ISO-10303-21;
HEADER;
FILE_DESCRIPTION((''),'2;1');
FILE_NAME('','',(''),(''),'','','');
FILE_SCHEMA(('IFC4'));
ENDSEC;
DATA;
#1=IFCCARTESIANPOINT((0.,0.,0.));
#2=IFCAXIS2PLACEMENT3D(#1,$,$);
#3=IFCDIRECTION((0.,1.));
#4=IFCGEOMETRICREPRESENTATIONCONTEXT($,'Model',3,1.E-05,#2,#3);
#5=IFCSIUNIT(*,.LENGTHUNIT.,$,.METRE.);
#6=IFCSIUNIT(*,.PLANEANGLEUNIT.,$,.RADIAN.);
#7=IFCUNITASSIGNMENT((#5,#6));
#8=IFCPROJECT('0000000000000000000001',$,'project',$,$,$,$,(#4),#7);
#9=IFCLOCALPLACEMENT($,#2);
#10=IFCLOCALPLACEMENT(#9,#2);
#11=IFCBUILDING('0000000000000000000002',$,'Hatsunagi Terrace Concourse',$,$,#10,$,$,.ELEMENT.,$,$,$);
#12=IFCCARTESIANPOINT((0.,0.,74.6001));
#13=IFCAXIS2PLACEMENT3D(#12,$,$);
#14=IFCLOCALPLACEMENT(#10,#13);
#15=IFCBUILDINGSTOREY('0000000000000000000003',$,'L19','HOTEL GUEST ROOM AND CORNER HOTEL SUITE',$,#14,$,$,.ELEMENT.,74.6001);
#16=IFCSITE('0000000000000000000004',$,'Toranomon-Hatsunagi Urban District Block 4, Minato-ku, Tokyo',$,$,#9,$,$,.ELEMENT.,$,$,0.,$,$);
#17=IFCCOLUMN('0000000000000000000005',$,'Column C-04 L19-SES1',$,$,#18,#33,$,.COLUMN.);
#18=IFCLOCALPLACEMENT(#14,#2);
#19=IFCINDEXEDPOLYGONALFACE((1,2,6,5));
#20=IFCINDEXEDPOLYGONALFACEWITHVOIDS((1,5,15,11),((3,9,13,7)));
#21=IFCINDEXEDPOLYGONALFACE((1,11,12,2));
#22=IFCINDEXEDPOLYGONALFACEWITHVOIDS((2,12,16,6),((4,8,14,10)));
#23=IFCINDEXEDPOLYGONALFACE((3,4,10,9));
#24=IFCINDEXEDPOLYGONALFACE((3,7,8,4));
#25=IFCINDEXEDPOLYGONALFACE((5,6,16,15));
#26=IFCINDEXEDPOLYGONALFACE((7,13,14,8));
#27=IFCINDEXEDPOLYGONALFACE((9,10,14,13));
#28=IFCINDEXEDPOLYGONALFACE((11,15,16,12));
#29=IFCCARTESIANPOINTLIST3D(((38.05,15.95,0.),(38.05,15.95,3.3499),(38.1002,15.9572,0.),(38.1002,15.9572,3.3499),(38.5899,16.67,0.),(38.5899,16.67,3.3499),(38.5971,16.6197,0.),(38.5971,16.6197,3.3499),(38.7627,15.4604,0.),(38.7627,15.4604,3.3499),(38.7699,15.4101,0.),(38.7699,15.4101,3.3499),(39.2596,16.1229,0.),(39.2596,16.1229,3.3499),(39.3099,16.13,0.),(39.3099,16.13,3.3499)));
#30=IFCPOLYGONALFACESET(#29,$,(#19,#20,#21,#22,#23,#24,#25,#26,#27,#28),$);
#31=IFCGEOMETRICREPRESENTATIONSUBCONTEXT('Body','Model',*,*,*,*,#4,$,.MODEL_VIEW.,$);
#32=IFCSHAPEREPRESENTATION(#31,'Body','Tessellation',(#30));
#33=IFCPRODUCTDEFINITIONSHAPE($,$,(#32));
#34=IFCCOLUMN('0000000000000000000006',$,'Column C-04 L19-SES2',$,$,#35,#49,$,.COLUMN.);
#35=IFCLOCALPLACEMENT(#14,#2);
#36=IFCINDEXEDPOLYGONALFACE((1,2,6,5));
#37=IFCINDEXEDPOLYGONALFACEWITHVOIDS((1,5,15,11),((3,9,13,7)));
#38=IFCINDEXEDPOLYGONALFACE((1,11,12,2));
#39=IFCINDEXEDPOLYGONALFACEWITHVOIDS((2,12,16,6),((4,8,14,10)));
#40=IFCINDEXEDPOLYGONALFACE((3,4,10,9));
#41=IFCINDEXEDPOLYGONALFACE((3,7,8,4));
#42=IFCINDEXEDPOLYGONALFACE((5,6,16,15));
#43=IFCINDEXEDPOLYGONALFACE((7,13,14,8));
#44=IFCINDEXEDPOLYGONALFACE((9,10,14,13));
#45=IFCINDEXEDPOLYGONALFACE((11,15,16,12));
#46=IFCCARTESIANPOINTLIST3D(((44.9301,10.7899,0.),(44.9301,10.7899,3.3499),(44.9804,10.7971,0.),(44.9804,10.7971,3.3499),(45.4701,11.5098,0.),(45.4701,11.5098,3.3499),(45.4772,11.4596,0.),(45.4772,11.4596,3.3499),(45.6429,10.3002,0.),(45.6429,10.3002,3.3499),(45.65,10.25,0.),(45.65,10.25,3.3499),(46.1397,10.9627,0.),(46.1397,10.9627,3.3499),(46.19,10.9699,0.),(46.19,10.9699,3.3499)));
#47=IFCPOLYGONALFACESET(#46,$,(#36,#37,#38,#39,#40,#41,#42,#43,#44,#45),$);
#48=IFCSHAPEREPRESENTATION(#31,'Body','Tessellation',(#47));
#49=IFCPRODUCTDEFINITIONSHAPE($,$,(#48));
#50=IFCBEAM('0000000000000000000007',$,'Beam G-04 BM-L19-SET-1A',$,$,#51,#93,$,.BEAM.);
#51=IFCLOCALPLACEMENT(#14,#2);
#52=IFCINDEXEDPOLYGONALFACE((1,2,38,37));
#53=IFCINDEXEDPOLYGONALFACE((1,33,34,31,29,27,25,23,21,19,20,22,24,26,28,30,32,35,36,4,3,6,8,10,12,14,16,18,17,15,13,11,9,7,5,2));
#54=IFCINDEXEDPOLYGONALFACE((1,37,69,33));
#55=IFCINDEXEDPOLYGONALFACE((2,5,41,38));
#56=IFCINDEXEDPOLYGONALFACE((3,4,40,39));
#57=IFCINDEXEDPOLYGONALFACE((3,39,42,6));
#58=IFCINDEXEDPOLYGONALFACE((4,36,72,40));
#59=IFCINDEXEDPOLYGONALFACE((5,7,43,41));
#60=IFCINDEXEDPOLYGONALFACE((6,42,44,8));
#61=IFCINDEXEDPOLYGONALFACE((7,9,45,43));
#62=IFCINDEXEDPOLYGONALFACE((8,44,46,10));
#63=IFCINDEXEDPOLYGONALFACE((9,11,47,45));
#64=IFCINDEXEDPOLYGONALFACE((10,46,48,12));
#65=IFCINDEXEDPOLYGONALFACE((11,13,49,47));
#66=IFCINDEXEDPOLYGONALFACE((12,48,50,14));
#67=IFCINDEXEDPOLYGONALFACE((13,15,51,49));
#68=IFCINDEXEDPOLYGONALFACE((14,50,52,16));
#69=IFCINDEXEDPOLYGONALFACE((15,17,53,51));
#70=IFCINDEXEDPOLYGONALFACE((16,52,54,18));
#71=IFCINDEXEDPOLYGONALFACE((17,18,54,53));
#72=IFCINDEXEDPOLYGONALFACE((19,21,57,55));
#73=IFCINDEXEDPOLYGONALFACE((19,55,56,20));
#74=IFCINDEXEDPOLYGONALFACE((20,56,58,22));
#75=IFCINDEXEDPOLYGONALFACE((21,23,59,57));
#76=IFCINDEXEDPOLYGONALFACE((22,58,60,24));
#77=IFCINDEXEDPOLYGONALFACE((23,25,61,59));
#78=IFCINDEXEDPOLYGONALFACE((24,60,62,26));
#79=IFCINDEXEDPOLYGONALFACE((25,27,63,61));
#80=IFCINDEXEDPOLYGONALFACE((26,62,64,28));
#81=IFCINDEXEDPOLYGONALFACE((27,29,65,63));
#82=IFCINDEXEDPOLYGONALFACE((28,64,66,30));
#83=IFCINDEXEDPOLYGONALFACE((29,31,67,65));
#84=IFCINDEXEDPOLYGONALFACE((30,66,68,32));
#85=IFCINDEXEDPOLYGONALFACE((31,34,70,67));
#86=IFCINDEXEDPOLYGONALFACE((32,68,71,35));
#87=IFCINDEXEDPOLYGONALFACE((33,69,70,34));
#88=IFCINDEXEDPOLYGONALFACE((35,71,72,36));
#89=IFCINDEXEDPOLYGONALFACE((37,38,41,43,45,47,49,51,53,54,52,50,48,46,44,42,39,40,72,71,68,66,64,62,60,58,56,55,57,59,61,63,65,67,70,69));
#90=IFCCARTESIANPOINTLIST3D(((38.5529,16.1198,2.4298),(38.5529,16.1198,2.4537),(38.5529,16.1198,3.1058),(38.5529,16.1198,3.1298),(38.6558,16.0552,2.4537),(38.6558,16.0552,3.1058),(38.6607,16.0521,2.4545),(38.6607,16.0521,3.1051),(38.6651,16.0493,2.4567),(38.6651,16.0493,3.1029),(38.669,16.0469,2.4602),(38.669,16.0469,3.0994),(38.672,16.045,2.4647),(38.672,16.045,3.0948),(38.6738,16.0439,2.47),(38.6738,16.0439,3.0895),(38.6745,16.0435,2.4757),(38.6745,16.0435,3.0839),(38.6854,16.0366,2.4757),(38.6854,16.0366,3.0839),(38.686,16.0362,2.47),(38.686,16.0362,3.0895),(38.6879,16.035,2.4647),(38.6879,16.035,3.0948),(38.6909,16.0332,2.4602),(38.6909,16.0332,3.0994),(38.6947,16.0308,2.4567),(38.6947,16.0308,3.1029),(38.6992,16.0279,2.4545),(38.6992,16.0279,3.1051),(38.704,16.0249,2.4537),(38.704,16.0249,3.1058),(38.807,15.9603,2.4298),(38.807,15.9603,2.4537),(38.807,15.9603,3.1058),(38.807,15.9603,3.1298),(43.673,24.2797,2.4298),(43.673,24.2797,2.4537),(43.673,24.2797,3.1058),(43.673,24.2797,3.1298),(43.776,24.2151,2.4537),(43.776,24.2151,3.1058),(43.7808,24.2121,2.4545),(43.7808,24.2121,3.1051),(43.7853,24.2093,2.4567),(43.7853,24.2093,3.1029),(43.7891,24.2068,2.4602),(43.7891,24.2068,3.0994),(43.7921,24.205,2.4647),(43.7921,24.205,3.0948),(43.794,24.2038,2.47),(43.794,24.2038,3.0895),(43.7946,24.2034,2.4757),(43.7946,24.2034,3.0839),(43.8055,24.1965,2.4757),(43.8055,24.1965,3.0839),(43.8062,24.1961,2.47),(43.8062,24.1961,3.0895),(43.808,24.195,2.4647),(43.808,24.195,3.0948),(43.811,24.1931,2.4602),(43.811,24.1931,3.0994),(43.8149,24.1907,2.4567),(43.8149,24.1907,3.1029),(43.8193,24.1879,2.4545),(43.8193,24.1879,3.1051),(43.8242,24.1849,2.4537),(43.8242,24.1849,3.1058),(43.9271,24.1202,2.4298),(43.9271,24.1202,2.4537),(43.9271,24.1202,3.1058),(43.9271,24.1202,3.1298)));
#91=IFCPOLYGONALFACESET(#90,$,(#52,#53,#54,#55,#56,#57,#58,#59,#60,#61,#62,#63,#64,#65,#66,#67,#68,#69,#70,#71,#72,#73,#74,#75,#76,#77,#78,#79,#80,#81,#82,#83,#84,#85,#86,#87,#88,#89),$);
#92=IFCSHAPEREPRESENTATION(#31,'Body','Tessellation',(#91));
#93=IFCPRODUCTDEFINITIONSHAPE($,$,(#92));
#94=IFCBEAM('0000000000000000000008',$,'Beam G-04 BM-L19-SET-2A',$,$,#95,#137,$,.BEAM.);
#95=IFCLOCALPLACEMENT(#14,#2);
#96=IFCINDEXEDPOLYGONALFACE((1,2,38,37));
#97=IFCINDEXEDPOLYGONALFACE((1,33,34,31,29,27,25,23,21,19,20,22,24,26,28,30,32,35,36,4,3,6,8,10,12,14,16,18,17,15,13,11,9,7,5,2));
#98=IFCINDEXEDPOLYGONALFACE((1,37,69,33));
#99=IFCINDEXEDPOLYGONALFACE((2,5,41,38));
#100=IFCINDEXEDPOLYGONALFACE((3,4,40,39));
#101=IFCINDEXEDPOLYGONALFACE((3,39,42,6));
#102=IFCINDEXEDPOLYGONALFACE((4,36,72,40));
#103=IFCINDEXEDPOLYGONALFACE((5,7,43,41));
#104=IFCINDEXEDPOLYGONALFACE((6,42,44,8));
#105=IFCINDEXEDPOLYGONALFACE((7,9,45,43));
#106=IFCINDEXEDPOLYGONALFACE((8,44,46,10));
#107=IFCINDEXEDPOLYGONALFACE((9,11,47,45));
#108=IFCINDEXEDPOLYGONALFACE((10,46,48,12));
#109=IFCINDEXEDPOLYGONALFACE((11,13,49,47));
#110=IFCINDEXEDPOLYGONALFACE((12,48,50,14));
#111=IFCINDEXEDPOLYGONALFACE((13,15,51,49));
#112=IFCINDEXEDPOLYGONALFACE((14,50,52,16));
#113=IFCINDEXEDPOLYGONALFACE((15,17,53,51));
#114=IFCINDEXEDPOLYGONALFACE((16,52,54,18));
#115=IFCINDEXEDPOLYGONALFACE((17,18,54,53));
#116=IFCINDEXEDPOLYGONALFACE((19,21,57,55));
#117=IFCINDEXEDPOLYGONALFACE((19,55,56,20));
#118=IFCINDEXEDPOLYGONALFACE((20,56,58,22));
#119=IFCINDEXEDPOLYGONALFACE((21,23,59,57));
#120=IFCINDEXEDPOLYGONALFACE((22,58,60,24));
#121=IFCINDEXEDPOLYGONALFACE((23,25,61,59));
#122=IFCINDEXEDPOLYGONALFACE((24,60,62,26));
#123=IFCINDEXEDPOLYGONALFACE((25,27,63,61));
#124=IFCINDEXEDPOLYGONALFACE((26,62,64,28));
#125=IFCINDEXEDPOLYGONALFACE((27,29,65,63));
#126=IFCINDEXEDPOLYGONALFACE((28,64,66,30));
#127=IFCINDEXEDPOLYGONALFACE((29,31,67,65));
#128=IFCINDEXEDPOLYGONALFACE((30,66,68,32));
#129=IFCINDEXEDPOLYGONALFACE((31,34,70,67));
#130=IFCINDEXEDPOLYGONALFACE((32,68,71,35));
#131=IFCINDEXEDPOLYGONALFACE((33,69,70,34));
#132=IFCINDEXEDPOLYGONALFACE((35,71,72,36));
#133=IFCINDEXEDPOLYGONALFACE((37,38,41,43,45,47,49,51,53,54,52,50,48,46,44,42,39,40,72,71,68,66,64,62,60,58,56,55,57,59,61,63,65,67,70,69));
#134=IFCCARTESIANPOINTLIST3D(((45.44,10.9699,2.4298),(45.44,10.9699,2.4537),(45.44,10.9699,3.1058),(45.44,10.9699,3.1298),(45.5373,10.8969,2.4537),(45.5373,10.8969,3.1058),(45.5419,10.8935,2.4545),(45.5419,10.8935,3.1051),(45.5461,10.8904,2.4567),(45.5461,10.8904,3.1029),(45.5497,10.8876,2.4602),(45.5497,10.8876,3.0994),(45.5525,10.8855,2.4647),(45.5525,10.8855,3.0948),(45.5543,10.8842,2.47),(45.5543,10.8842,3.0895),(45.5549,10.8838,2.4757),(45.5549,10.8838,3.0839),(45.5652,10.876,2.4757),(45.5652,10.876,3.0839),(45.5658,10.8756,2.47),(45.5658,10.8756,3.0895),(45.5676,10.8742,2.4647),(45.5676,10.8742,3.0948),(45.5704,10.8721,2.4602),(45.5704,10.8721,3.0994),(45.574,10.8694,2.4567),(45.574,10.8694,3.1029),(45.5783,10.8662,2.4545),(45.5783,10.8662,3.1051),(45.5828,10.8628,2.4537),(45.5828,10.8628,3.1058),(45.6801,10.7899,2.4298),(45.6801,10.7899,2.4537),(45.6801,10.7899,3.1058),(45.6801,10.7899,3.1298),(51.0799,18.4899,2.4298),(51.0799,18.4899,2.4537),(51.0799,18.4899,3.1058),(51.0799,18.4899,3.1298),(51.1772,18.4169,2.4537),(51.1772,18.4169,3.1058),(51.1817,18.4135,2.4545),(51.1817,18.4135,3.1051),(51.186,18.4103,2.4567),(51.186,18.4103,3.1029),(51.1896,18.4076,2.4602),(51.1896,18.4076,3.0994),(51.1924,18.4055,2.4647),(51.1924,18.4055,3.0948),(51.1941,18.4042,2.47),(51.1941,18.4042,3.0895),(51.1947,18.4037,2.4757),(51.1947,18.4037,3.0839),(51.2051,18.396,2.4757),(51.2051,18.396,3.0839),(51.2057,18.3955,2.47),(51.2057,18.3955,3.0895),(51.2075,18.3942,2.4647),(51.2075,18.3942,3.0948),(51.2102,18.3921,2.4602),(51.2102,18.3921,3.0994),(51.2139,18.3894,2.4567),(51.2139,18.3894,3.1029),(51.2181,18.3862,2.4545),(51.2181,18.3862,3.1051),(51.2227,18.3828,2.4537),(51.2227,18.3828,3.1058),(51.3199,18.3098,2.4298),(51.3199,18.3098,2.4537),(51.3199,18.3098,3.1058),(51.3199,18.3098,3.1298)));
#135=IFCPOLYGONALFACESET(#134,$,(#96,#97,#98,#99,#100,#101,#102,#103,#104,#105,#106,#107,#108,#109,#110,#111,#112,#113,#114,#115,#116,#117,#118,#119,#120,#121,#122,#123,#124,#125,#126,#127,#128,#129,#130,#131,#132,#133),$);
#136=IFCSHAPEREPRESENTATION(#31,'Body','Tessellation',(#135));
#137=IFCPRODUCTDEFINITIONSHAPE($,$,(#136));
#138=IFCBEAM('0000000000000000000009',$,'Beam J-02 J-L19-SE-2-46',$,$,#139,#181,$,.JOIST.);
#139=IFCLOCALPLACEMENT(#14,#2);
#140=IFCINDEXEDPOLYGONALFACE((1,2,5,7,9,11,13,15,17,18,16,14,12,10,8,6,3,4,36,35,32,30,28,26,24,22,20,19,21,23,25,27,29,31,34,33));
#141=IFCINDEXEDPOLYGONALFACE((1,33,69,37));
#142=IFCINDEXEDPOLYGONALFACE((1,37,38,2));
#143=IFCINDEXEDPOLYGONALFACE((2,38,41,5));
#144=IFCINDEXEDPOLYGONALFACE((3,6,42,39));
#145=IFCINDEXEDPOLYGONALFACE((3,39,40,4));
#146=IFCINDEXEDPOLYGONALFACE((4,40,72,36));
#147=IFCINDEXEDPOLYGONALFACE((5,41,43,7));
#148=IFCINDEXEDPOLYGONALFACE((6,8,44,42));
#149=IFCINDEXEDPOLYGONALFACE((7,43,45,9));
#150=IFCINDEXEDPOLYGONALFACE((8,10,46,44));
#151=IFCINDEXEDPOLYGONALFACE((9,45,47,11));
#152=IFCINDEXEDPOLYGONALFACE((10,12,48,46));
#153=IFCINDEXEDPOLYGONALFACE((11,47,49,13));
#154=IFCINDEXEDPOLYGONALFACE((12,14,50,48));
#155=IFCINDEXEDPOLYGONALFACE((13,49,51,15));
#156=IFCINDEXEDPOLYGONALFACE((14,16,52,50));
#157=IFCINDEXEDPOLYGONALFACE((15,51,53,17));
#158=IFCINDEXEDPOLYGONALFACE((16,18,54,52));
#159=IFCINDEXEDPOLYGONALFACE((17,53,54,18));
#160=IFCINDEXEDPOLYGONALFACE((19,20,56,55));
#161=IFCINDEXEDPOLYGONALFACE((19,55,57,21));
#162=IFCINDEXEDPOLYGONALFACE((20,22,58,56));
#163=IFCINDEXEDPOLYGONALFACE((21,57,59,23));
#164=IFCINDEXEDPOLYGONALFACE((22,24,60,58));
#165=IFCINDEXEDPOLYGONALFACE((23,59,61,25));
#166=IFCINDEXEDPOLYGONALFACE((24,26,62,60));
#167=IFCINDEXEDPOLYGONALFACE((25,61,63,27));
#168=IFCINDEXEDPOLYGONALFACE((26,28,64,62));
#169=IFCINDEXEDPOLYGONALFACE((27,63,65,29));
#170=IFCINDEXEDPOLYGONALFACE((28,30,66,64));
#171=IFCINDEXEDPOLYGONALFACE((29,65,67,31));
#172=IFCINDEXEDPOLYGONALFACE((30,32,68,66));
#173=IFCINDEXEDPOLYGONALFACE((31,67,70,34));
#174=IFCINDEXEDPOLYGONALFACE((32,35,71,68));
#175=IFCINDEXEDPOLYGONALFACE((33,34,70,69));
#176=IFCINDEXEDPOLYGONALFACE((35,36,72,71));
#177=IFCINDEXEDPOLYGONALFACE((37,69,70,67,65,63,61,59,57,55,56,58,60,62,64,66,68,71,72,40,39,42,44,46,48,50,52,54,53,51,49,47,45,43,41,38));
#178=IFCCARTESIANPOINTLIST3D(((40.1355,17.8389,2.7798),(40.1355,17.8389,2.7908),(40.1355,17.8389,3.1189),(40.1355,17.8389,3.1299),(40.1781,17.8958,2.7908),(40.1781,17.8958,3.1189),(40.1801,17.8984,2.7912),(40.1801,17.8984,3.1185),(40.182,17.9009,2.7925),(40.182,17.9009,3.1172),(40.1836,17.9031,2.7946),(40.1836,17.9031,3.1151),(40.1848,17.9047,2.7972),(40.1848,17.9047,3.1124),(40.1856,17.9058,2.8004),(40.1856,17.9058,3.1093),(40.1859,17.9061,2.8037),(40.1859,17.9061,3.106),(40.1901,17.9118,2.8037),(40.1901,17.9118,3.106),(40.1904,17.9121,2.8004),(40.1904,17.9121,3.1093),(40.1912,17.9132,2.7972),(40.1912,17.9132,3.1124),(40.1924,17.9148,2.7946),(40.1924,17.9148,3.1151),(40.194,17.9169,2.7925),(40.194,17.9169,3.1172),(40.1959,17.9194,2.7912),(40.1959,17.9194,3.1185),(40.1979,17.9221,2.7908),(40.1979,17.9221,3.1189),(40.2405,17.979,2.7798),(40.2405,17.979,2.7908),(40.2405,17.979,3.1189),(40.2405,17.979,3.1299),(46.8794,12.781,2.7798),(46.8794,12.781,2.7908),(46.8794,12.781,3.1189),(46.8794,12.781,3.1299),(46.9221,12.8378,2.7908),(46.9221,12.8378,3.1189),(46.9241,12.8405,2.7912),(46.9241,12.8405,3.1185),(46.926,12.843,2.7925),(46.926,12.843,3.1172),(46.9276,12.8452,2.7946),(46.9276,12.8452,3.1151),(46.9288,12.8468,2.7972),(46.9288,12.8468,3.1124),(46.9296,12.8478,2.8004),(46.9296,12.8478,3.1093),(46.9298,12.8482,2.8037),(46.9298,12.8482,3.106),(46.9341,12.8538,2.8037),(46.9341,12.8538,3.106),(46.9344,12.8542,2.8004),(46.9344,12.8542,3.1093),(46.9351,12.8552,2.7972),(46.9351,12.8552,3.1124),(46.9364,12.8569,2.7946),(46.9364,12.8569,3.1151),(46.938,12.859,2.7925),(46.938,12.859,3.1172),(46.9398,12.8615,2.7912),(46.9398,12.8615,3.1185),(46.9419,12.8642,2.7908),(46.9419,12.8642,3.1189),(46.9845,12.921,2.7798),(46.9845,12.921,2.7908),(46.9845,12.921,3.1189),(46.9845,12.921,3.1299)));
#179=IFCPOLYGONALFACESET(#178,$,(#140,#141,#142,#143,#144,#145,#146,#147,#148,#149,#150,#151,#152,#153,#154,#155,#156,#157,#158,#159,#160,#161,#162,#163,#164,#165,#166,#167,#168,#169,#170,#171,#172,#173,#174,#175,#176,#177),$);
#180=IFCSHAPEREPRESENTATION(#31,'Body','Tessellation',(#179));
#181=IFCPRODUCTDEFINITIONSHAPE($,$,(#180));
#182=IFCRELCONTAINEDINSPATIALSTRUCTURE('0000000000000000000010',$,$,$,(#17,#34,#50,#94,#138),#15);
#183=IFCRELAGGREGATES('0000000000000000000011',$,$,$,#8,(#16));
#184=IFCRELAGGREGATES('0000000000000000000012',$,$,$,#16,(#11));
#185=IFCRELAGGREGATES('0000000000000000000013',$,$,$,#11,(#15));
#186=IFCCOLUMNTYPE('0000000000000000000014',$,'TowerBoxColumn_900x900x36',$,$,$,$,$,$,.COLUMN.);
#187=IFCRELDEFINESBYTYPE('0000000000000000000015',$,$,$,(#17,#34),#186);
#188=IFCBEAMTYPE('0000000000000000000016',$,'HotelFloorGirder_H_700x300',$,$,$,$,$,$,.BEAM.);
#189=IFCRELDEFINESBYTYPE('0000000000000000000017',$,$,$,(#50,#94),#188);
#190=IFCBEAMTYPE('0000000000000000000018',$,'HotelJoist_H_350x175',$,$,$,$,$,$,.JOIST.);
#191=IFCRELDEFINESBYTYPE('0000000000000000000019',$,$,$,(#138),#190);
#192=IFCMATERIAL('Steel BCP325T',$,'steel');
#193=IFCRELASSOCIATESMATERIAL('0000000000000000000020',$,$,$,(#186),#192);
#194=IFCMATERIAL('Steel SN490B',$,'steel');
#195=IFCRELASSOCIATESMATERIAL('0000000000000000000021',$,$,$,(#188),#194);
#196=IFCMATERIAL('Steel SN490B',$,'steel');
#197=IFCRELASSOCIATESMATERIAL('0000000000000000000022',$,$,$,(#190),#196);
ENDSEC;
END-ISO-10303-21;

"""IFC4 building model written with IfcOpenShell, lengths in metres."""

from ifc_helpers import new_model, si_unit, direction, frame, origin, origin_2d, place, context, subcontext, project, spatial, hollow_rectangle, i_section, extrude, material, material_profile, profile_set, type_object, element, save


model = new_model("IFC4")

# Units and contexts
model_context = context("Model", 3, precision=1e-05, world=origin(), true_north=direction((0.0, 1.0)))
body_context = subcontext(model_context, "Body", "Model", "MODEL_VIEW")
ifc_project = project(units=[si_unit("LENGTHUNIT", "METRE"), si_unit("PLANEANGLEUNIT", "RADIAN")], contexts=[model_context])

# Site, building, storey
site_placement = place(None, origin())
site = spatial("IfcSite", under=ifc_project, at=site_placement, Name="Toranomon-Hatsunagi Urban District Block 4, Minato-ku, Tokyo", CompositionType="ELEMENT", RefElevation=0.0)
building_placement = place(site_placement, origin())
building = spatial("IfcBuilding", under=site, at=building_placement, Name="Hatsunagi Terrace Concourse", CompositionType="ELEMENT")
storey_placement = place(building_placement, frame((0.0, 0.0, 74.6001)))
storey = spatial("IfcBuildingStorey", under=building, at=storey_placement, Name="L19", Description="HOTEL GUEST ROOM AND CORNER HOTEL SUITE", CompositionType="ELEMENT", Elevation=74.6001)

# Columns
ifc_material_1 = material(Name="Steel BCP325T", Category="steel")
ifc_material_profile_1 = material_profile(ifc_material_1, hollow_rectangle(XDim=0.8999, YDim=0.8999, WallThickness=0.0359, at=origin_2d()), Name="BCP-900x900x36")
ifc_profile_set_1 = profile_set([ifc_material_profile_1], Name="Steel BCP325T")
column_type = type_object("IfcColumnType", Name="TowerBoxColumn_900x900x36", PredefinedType="COLUMN", material=ifc_profile_set_1)
for number, where, z_axis, x_axis, name in (
    (1, (38.6799, 16.04, 0.0), (0.0, 0.0, 1.0), (0.8, -0.6, 0.0), "Column C-04 L19-SES1"),
    (2, (45.5601, 10.8799, 0.0), (0.0, 0.0, 1.0), (0.8, -0.6, 0.0), "Column C-04 L19-SES2"),
):
    element("IfcColumn", number, at=place(storey_placement, frame(where, z_axis=z_axis, x_axis=x_axis)), inside=storey, type_object=column_type, Name=name, PredefinedType="COLUMN", context=body_context, shape_type="SweptSolid", body=[
        extrude(hollow_rectangle(XDim=0.8999, YDim=0.8999, WallThickness=0.0359, at=origin_2d()), origin(), (0.0, 0.0, 1.0), 3.3499),
    ])

# Beams
ifc_material_2 = material(Name="Steel SN490B", Category="steel")
ifc_material_profile_2 = material_profile(ifc_material_2, i_section(OverallWidth=0.3, OverallDepth=0.7, WebThickness=0.0129, FlangeThickness=0.0239, FilletRadius=0.022, at=origin_2d()), Name="H-700x300x13x24")
ifc_profile_set_2 = profile_set([ifc_material_profile_2], Name="Steel SN490B")
beam_type_1 = type_object("IfcBeamType", Name="HotelFloorGirder_H_700x300", PredefinedType="BEAM", material=ifc_profile_set_2)
beam_1_placement = place(storey_placement, frame((38.6799, 16.04, 2.7798), z_axis=(0.531504, 0.847056, 0.0), x_axis=(-0.847056, 0.531504, 0.0)))
element("IfcBeam", 3, at=beam_1_placement, inside=storey, type_object=beam_type_1, Name="Beam G-04 BM-L19-SET-1A", PredefinedType="BEAM", context=body_context, shape_type="SweptSolid", body=[
    extrude(i_section(OverallWidth=0.3, OverallDepth=0.7, WebThickness=0.0129, FlangeThickness=0.0239, FilletRadius=0.022, at=origin_2d()), origin(), (0.0, 0.0, 1.0), 9.6333),
])
beam_2_placement = place(storey_placement, frame((45.5601, 10.8799, 2.7798), z_axis=(0.599992, 0.800006, 0.0), x_axis=(-0.800006, 0.599992, 0.0)))
element("IfcBeam", 4, at=beam_2_placement, inside=storey, type_object=beam_type_1, Name="Beam G-04 BM-L19-SET-2A", PredefinedType="BEAM", context=body_context, shape_type="SweptSolid", body=[
    extrude(i_section(OverallWidth=0.3, OverallDepth=0.7, WebThickness=0.0129, FlangeThickness=0.0239, FilletRadius=0.022, at=origin_2d()), origin(), (0.0, 0.0, 1.0), 9.3999),
])
ifc_material_3 = material(Name="Steel SN490B", Category="steel")
ifc_material_profile_3 = material_profile(ifc_material_3, i_section(OverallWidth=0.175, OverallDepth=0.3501, WebThickness=0.0071, FlangeThickness=0.011, FilletRadius=0.0129, at=origin_2d()), Name="H-350x175x7x11")
ifc_profile_set_3 = profile_set([ifc_material_profile_3], Name="Steel SN490B")
beam_type_2 = type_object("IfcBeamType", Name="HotelJoist_H_350x175", PredefinedType="JOIST", material=ifc_profile_set_3)
for number, where, z_axis, x_axis, name in (
    (5, (40.188, 17.9089, 2.9548), (0.800003, -0.599995, 0.0), (0.599995, 0.800003, 0.0), "Beam J-02 J-L19-SE-2-46"),
):
    element("IfcBeam", number, at=place(storey_placement, frame(where, z_axis=z_axis, x_axis=x_axis)), inside=storey, type_object=beam_type_2, Name=name, PredefinedType="JOIST", context=body_context, shape_type="SweptSolid", body=[
        extrude(i_section(OverallWidth=0.175, OverallDepth=0.3501, WebThickness=0.0071, FlangeThickness=0.011, FilletRadius=0.0129, at=origin_2d()), origin(), (0.0, 0.0, 1.0), 8.4299),
    ])

save(model, "model.ifc")
